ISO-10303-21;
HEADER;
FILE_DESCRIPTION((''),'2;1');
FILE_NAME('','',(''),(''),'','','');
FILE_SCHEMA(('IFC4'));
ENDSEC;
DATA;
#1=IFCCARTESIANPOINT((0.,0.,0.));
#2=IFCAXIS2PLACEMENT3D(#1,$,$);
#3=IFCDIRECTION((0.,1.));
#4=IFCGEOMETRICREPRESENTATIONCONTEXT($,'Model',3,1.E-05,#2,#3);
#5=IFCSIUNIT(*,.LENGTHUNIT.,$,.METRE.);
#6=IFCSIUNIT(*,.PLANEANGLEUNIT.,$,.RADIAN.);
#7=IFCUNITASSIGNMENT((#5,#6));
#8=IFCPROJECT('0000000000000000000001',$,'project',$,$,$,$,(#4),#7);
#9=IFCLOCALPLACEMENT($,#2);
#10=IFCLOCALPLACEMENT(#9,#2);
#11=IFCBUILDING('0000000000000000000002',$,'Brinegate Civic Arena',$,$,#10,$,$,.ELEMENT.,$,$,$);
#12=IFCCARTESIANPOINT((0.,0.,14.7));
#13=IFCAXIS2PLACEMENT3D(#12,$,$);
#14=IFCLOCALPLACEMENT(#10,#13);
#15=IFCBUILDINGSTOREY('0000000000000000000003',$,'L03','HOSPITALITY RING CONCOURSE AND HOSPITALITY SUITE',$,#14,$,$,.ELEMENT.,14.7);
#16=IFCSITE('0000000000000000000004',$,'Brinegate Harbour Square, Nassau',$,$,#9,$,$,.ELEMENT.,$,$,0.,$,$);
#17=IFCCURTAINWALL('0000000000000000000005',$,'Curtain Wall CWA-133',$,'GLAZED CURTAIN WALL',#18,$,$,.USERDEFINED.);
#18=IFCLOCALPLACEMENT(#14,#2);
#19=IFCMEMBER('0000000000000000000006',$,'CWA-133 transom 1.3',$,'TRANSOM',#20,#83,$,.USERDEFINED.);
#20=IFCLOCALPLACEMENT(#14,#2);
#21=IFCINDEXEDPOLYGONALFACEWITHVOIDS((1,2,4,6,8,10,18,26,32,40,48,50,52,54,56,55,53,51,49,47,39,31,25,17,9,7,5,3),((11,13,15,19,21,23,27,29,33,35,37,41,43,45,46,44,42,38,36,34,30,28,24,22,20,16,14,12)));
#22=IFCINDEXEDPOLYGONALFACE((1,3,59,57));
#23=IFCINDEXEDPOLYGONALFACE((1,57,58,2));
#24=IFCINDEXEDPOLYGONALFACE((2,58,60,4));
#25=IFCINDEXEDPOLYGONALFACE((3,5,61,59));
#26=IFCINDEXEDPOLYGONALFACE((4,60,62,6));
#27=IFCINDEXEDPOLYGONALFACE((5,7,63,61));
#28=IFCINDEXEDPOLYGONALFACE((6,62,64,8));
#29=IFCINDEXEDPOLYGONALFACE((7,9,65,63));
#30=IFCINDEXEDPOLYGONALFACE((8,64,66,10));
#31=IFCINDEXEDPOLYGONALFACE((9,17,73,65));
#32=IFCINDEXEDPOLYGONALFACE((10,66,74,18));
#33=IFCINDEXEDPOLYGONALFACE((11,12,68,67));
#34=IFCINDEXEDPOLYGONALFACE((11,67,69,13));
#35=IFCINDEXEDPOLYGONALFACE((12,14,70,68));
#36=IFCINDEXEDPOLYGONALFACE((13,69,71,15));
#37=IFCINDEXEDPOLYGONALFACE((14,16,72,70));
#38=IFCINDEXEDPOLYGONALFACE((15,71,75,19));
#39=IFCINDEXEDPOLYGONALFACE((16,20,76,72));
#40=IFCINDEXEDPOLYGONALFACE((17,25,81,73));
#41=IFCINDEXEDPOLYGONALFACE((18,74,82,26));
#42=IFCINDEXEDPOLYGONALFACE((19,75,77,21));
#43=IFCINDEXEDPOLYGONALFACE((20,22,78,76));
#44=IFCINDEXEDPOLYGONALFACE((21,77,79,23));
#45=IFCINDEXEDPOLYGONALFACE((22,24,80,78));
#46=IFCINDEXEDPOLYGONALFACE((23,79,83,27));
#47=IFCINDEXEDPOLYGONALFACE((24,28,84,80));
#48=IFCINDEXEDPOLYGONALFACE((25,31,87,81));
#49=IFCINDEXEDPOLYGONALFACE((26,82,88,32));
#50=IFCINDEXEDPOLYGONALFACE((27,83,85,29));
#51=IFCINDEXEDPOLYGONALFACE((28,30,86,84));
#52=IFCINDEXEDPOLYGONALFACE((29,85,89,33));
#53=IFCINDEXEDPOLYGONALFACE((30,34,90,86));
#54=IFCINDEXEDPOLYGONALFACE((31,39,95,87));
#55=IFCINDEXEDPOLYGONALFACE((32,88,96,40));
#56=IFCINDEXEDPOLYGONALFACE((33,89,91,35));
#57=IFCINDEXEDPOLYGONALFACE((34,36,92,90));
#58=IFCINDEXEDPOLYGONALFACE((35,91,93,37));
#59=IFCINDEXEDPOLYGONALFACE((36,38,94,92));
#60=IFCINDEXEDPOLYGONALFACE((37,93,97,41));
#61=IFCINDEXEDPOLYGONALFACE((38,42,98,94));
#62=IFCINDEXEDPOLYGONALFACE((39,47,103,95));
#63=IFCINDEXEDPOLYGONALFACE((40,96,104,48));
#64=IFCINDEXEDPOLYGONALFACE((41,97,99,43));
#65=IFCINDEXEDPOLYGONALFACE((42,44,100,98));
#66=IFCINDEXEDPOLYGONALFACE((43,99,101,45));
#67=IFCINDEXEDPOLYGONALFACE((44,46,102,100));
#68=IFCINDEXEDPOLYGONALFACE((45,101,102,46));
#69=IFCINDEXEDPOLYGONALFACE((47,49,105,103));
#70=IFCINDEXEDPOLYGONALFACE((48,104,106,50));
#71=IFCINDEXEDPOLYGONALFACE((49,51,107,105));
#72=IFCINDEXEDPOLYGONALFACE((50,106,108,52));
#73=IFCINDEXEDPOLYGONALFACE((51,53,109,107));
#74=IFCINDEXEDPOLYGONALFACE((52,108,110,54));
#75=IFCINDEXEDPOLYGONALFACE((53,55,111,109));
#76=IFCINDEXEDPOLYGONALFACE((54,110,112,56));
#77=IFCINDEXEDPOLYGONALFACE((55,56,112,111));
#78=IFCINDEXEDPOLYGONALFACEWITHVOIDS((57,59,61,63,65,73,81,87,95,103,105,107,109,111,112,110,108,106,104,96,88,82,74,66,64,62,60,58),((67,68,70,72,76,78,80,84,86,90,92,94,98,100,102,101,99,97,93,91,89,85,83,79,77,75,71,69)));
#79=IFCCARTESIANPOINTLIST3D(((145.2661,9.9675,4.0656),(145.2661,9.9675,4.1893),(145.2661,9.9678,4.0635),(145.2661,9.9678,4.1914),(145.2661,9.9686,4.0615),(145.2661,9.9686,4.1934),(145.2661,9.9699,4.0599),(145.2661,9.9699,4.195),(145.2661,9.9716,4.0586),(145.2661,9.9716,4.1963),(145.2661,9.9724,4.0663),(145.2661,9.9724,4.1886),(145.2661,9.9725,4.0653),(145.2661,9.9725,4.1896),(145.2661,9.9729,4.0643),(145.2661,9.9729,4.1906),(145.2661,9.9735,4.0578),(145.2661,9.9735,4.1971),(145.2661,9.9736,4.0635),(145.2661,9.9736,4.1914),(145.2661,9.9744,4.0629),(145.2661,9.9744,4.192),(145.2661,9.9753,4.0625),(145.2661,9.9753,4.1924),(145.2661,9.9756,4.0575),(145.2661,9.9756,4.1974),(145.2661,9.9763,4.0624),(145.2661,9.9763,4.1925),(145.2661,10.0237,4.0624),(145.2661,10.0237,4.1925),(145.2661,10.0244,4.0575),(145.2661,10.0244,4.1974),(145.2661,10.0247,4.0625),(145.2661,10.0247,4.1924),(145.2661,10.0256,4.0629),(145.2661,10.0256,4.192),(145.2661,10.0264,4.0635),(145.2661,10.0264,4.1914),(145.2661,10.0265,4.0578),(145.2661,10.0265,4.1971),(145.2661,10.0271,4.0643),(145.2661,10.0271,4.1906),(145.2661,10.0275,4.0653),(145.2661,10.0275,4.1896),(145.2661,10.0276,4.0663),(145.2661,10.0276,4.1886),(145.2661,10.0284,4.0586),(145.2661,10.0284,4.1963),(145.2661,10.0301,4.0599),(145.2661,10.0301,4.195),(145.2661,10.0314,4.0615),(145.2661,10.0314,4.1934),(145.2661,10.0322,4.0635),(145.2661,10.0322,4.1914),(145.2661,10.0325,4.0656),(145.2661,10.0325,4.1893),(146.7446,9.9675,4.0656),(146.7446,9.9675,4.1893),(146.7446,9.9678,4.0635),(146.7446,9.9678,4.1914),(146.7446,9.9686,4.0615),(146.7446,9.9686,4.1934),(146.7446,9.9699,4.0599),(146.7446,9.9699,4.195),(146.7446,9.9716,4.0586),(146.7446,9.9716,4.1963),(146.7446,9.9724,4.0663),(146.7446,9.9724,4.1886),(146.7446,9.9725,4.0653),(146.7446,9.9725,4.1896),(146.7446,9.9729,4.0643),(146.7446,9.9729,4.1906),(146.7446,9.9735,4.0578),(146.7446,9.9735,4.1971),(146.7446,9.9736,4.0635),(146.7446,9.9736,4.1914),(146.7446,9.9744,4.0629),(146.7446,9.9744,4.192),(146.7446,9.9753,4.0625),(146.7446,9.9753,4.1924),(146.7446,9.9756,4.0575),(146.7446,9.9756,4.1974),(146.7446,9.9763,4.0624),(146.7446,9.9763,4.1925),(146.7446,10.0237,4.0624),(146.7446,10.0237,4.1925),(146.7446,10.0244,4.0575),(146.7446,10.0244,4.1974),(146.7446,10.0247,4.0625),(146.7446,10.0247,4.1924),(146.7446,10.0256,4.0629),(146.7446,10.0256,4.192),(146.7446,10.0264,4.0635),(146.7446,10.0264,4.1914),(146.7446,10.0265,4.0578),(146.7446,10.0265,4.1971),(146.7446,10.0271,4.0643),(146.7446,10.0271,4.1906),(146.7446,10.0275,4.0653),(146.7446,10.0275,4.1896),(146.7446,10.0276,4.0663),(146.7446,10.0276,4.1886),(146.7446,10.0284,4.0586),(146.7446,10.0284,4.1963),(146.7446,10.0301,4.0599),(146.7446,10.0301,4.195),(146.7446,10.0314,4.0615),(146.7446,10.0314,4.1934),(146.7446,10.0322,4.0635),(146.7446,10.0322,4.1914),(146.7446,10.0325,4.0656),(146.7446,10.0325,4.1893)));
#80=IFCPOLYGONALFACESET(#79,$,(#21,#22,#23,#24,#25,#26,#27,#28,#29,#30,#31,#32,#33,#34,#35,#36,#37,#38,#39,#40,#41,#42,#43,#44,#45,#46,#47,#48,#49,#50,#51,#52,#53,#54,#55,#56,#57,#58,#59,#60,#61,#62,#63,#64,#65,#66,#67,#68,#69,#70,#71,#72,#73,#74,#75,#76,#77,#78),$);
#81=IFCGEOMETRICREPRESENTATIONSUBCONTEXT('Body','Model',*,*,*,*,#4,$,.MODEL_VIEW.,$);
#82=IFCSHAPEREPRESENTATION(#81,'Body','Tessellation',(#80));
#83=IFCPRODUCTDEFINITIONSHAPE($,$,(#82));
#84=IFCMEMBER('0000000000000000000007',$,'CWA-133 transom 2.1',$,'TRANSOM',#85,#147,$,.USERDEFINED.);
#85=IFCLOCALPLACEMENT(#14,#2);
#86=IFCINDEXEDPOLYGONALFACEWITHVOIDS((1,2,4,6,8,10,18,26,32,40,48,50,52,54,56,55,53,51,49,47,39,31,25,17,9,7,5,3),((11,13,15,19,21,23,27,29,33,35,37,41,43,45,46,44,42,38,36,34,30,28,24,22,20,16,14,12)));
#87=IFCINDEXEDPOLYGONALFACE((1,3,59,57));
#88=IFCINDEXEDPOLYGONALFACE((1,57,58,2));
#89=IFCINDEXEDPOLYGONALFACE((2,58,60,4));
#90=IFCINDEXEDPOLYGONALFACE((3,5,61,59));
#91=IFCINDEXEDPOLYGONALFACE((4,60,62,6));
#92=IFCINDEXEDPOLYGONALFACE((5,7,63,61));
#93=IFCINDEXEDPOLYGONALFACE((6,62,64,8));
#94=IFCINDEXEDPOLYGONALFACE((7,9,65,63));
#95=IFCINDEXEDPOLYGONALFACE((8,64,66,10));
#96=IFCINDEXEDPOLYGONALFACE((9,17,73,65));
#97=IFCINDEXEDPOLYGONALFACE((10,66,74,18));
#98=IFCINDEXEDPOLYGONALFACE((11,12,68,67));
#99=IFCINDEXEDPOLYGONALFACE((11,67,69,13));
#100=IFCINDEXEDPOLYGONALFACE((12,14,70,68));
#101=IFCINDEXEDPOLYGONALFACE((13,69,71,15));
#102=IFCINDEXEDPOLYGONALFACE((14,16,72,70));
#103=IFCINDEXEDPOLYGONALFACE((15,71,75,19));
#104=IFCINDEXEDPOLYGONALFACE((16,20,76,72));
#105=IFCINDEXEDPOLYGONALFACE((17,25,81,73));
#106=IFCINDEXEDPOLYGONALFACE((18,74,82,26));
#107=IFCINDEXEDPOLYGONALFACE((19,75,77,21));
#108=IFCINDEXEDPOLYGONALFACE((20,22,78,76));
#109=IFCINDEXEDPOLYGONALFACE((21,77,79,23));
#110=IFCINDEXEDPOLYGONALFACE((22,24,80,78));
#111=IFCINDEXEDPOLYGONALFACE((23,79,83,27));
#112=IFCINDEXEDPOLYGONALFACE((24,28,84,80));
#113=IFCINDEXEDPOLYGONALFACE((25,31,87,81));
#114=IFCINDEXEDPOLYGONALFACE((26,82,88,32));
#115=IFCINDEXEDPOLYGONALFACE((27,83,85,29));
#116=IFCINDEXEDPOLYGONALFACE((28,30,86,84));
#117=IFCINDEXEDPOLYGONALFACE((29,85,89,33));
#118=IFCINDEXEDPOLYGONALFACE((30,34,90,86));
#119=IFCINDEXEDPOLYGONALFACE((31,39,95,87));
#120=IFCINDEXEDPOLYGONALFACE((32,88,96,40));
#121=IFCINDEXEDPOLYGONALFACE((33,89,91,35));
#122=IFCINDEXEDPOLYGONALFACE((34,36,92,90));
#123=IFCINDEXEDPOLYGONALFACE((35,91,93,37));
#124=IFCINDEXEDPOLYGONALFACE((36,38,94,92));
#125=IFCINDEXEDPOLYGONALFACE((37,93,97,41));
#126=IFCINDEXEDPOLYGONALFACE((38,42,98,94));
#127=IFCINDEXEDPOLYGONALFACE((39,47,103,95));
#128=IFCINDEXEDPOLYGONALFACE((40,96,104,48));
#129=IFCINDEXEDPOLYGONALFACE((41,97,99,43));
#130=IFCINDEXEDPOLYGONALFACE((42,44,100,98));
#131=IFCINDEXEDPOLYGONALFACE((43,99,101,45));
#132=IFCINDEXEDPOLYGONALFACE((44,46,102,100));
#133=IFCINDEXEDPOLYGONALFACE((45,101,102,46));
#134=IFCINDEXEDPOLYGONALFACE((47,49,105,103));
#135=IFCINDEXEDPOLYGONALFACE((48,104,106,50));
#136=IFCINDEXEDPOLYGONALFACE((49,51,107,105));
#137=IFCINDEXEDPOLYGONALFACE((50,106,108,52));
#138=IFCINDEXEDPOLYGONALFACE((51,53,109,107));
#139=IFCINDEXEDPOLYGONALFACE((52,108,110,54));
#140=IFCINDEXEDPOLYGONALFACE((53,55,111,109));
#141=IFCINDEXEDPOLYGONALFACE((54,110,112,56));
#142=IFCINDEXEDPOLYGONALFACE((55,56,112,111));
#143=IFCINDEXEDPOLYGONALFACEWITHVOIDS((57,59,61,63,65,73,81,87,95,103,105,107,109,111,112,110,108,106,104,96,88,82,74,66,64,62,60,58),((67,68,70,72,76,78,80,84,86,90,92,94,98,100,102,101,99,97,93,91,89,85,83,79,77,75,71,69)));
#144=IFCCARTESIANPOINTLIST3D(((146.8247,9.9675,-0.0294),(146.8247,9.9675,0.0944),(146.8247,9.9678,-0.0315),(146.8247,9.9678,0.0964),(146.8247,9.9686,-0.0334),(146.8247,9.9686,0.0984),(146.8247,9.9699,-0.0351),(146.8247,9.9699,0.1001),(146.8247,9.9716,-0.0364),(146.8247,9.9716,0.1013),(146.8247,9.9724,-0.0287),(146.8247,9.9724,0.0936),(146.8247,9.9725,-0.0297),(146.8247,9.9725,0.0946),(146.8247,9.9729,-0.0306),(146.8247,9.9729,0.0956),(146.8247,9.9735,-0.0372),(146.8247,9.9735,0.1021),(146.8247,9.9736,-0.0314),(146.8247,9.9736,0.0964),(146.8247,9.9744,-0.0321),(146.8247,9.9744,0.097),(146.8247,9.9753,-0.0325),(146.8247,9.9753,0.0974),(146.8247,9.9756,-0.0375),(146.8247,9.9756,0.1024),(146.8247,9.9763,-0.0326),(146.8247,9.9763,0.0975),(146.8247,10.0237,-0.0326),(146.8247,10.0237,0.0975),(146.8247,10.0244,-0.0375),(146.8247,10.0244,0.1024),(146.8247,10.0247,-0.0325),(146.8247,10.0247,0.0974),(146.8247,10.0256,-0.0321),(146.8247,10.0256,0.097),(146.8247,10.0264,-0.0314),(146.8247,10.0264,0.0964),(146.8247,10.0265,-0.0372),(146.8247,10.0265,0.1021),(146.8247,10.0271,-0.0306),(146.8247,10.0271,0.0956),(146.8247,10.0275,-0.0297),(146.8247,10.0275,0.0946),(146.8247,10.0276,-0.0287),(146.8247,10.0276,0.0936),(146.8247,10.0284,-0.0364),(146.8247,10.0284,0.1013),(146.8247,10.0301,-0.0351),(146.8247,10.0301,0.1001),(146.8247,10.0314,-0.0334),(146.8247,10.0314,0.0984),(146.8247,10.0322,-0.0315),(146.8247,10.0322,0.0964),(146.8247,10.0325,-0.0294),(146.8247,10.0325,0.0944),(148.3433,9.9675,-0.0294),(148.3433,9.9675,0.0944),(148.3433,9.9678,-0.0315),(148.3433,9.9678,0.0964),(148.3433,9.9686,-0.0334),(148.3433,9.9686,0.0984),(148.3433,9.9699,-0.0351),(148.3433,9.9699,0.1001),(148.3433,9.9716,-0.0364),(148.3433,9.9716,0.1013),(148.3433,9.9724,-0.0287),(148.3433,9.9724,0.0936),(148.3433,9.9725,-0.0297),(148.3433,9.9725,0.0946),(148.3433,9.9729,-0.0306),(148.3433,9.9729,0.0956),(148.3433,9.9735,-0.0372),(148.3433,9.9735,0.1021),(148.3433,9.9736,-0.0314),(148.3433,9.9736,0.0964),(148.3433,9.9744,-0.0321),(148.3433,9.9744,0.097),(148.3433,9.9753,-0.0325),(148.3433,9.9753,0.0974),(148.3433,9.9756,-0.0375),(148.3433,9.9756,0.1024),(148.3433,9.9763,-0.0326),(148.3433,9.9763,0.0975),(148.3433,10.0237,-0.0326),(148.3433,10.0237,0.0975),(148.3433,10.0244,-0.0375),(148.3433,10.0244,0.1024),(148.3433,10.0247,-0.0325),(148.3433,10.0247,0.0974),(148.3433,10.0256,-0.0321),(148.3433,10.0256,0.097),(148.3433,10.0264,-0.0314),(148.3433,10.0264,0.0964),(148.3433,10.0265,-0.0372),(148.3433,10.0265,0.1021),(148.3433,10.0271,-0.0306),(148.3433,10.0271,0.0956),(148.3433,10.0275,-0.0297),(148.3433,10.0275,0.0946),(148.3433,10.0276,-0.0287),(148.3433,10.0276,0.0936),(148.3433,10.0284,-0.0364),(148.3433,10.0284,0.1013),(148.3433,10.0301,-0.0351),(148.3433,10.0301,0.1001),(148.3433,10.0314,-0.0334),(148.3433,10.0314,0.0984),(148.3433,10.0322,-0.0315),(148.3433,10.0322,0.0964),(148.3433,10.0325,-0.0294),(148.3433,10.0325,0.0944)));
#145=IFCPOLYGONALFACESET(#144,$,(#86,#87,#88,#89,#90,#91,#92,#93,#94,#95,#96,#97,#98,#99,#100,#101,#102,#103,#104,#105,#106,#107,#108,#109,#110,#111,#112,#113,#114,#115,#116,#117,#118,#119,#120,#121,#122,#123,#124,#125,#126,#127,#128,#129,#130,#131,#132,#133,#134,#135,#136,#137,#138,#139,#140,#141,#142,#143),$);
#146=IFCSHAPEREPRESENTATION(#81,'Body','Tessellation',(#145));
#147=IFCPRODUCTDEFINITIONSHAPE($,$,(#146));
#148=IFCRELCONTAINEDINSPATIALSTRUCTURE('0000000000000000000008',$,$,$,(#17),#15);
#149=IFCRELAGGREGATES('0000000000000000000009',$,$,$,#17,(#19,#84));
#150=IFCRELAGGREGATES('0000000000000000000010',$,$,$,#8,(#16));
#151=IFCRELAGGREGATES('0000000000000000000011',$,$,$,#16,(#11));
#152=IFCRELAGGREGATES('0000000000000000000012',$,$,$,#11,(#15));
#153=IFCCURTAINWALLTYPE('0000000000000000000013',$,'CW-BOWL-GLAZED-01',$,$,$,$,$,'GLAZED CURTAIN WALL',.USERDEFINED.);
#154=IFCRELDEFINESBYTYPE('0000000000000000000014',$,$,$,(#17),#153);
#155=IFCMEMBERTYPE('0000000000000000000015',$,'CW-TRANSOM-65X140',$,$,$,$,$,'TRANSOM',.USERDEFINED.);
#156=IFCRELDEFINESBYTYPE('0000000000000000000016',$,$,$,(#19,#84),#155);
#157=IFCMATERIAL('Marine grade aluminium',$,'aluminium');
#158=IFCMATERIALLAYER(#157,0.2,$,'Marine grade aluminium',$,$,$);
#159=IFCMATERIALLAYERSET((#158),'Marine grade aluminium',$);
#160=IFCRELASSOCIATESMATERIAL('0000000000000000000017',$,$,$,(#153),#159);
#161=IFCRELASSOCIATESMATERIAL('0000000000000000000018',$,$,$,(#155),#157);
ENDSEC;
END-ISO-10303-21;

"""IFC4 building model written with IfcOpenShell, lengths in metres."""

from ifc_helpers import new_model, si_unit, direction, frame, origin, origin_2d, place, context, subcontext, project, spatial, hollow_rectangle, extrude, material, layer, layer_set, material_profile, profile_set, type_object, element, aggregate, save


model = new_model("IFC4")

# Units and contexts
model_context = context("Model", 3, precision=1e-05, world=origin(), true_north=direction((0.0, 1.0)))
body_context = subcontext(model_context, "Body", "Model", "MODEL_VIEW")
ifc_project = project(units=[si_unit("LENGTHUNIT", "METRE"), si_unit("PLANEANGLEUNIT", "RADIAN")], contexts=[model_context])

# Site, building, storey
site_placement = place(None, origin())
site = spatial("IfcSite", under=ifc_project, at=site_placement, Name="Brinegate Harbour Square, Nassau", CompositionType="ELEMENT", RefElevation=0.0)
building_placement = place(site_placement, origin())
building = spatial("IfcBuilding", under=site, at=building_placement, Name="Brinegate Civic Arena", CompositionType="ELEMENT")
storey_placement = place(building_placement, frame((0.0, 0.0, 14.7)))
storey = spatial("IfcBuildingStorey", under=building, at=storey_placement, Name="L03", Description="HOSPITALITY RING CONCOURSE AND HOSPITALITY SUITE", CompositionType="ELEMENT", Elevation=14.7)

# Curtain wall, members
ifc_material_1 = material(Name="Marine grade aluminium", Category="aluminium")
ifc_layer_1 = layer(ifc_material_1, 0.2, Name="Marine grade aluminium")
ifc_layer_set_1 = layer_set([ifc_layer_1], Name="Marine grade aluminium")
curtain_wall_type_1 = type_object("IfcCurtainWallType", Name="CW-BOWL-GLAZED-01", ElementType="GLAZED CURTAIN WALL", PredefinedType="USERDEFINED", material=ifc_layer_set_1)
curtain_wall_1_placement = place(storey_placement, origin())
curtain_wall_1 = element("IfcCurtainWall", 1, at=curtain_wall_1_placement, inside=storey, type_object=curtain_wall_type_1, Name="Curtain Wall CWA-133", ObjectType="GLAZED CURTAIN WALL", PredefinedType="USERDEFINED")
ifc_material_profile_1 = material_profile(ifc_material_1, hollow_rectangle(XDim=0.0649, YDim=0.1399, WallThickness=0.0049, InnerFilletRadius=0.0039, OuterFilletRadius=0.0081, at=origin_2d()), Name="TRN65X140")
ifc_profile_set_1 = profile_set([ifc_material_profile_1], Name="Marine grade aluminium")
member_type_1 = type_object("IfcMemberType", Name="CW-TRANSOM-65X140", ElementType="TRANSOM", PredefinedType="USERDEFINED", material=ifc_profile_set_1)
member_1_placement = place(storey_placement, frame((145.2661, 10.0, 4.1274), z_axis=(1.0, 0.0, 0.0), x_axis=(0.0, 1.0, 0.0)))
member_1 = element("IfcMember", 2, at=member_1_placement, type_object=member_type_1, Name="CWA-133 transom 1.3", ObjectType="TRANSOM", PredefinedType="USERDEFINED", context=body_context, shape_type="SweptSolid", body=[
    extrude(hollow_rectangle(XDim=0.0649, YDim=0.1399, WallThickness=0.0049, InnerFilletRadius=0.0039, OuterFilletRadius=0.0081, at=origin_2d()), origin(), (0.0, 0.0, 1.0), 1.4785),
])
member_2_placement = place(storey_placement, frame((146.8247, 10.0, 0.0325), z_axis=(1.0, 0.0, 0.0), x_axis=(0.0, 1.0, 0.0)))
member_2 = element("IfcMember", 3, at=member_2_placement, type_object=member_type_1, Name="CWA-133 transom 2.1", ObjectType="TRANSOM", PredefinedType="USERDEFINED", context=body_context, shape_type="SweptSolid", body=[
    extrude(hollow_rectangle(XDim=0.0649, YDim=0.1399, WallThickness=0.0049, InnerFilletRadius=0.0039, OuterFilletRadius=0.0081, at=origin_2d()), origin(), (0.0, 0.0, 1.0), 1.5186),
])

aggregate(curtain_wall_1, [member_1, member_2])

save(model, "model.ifc")
